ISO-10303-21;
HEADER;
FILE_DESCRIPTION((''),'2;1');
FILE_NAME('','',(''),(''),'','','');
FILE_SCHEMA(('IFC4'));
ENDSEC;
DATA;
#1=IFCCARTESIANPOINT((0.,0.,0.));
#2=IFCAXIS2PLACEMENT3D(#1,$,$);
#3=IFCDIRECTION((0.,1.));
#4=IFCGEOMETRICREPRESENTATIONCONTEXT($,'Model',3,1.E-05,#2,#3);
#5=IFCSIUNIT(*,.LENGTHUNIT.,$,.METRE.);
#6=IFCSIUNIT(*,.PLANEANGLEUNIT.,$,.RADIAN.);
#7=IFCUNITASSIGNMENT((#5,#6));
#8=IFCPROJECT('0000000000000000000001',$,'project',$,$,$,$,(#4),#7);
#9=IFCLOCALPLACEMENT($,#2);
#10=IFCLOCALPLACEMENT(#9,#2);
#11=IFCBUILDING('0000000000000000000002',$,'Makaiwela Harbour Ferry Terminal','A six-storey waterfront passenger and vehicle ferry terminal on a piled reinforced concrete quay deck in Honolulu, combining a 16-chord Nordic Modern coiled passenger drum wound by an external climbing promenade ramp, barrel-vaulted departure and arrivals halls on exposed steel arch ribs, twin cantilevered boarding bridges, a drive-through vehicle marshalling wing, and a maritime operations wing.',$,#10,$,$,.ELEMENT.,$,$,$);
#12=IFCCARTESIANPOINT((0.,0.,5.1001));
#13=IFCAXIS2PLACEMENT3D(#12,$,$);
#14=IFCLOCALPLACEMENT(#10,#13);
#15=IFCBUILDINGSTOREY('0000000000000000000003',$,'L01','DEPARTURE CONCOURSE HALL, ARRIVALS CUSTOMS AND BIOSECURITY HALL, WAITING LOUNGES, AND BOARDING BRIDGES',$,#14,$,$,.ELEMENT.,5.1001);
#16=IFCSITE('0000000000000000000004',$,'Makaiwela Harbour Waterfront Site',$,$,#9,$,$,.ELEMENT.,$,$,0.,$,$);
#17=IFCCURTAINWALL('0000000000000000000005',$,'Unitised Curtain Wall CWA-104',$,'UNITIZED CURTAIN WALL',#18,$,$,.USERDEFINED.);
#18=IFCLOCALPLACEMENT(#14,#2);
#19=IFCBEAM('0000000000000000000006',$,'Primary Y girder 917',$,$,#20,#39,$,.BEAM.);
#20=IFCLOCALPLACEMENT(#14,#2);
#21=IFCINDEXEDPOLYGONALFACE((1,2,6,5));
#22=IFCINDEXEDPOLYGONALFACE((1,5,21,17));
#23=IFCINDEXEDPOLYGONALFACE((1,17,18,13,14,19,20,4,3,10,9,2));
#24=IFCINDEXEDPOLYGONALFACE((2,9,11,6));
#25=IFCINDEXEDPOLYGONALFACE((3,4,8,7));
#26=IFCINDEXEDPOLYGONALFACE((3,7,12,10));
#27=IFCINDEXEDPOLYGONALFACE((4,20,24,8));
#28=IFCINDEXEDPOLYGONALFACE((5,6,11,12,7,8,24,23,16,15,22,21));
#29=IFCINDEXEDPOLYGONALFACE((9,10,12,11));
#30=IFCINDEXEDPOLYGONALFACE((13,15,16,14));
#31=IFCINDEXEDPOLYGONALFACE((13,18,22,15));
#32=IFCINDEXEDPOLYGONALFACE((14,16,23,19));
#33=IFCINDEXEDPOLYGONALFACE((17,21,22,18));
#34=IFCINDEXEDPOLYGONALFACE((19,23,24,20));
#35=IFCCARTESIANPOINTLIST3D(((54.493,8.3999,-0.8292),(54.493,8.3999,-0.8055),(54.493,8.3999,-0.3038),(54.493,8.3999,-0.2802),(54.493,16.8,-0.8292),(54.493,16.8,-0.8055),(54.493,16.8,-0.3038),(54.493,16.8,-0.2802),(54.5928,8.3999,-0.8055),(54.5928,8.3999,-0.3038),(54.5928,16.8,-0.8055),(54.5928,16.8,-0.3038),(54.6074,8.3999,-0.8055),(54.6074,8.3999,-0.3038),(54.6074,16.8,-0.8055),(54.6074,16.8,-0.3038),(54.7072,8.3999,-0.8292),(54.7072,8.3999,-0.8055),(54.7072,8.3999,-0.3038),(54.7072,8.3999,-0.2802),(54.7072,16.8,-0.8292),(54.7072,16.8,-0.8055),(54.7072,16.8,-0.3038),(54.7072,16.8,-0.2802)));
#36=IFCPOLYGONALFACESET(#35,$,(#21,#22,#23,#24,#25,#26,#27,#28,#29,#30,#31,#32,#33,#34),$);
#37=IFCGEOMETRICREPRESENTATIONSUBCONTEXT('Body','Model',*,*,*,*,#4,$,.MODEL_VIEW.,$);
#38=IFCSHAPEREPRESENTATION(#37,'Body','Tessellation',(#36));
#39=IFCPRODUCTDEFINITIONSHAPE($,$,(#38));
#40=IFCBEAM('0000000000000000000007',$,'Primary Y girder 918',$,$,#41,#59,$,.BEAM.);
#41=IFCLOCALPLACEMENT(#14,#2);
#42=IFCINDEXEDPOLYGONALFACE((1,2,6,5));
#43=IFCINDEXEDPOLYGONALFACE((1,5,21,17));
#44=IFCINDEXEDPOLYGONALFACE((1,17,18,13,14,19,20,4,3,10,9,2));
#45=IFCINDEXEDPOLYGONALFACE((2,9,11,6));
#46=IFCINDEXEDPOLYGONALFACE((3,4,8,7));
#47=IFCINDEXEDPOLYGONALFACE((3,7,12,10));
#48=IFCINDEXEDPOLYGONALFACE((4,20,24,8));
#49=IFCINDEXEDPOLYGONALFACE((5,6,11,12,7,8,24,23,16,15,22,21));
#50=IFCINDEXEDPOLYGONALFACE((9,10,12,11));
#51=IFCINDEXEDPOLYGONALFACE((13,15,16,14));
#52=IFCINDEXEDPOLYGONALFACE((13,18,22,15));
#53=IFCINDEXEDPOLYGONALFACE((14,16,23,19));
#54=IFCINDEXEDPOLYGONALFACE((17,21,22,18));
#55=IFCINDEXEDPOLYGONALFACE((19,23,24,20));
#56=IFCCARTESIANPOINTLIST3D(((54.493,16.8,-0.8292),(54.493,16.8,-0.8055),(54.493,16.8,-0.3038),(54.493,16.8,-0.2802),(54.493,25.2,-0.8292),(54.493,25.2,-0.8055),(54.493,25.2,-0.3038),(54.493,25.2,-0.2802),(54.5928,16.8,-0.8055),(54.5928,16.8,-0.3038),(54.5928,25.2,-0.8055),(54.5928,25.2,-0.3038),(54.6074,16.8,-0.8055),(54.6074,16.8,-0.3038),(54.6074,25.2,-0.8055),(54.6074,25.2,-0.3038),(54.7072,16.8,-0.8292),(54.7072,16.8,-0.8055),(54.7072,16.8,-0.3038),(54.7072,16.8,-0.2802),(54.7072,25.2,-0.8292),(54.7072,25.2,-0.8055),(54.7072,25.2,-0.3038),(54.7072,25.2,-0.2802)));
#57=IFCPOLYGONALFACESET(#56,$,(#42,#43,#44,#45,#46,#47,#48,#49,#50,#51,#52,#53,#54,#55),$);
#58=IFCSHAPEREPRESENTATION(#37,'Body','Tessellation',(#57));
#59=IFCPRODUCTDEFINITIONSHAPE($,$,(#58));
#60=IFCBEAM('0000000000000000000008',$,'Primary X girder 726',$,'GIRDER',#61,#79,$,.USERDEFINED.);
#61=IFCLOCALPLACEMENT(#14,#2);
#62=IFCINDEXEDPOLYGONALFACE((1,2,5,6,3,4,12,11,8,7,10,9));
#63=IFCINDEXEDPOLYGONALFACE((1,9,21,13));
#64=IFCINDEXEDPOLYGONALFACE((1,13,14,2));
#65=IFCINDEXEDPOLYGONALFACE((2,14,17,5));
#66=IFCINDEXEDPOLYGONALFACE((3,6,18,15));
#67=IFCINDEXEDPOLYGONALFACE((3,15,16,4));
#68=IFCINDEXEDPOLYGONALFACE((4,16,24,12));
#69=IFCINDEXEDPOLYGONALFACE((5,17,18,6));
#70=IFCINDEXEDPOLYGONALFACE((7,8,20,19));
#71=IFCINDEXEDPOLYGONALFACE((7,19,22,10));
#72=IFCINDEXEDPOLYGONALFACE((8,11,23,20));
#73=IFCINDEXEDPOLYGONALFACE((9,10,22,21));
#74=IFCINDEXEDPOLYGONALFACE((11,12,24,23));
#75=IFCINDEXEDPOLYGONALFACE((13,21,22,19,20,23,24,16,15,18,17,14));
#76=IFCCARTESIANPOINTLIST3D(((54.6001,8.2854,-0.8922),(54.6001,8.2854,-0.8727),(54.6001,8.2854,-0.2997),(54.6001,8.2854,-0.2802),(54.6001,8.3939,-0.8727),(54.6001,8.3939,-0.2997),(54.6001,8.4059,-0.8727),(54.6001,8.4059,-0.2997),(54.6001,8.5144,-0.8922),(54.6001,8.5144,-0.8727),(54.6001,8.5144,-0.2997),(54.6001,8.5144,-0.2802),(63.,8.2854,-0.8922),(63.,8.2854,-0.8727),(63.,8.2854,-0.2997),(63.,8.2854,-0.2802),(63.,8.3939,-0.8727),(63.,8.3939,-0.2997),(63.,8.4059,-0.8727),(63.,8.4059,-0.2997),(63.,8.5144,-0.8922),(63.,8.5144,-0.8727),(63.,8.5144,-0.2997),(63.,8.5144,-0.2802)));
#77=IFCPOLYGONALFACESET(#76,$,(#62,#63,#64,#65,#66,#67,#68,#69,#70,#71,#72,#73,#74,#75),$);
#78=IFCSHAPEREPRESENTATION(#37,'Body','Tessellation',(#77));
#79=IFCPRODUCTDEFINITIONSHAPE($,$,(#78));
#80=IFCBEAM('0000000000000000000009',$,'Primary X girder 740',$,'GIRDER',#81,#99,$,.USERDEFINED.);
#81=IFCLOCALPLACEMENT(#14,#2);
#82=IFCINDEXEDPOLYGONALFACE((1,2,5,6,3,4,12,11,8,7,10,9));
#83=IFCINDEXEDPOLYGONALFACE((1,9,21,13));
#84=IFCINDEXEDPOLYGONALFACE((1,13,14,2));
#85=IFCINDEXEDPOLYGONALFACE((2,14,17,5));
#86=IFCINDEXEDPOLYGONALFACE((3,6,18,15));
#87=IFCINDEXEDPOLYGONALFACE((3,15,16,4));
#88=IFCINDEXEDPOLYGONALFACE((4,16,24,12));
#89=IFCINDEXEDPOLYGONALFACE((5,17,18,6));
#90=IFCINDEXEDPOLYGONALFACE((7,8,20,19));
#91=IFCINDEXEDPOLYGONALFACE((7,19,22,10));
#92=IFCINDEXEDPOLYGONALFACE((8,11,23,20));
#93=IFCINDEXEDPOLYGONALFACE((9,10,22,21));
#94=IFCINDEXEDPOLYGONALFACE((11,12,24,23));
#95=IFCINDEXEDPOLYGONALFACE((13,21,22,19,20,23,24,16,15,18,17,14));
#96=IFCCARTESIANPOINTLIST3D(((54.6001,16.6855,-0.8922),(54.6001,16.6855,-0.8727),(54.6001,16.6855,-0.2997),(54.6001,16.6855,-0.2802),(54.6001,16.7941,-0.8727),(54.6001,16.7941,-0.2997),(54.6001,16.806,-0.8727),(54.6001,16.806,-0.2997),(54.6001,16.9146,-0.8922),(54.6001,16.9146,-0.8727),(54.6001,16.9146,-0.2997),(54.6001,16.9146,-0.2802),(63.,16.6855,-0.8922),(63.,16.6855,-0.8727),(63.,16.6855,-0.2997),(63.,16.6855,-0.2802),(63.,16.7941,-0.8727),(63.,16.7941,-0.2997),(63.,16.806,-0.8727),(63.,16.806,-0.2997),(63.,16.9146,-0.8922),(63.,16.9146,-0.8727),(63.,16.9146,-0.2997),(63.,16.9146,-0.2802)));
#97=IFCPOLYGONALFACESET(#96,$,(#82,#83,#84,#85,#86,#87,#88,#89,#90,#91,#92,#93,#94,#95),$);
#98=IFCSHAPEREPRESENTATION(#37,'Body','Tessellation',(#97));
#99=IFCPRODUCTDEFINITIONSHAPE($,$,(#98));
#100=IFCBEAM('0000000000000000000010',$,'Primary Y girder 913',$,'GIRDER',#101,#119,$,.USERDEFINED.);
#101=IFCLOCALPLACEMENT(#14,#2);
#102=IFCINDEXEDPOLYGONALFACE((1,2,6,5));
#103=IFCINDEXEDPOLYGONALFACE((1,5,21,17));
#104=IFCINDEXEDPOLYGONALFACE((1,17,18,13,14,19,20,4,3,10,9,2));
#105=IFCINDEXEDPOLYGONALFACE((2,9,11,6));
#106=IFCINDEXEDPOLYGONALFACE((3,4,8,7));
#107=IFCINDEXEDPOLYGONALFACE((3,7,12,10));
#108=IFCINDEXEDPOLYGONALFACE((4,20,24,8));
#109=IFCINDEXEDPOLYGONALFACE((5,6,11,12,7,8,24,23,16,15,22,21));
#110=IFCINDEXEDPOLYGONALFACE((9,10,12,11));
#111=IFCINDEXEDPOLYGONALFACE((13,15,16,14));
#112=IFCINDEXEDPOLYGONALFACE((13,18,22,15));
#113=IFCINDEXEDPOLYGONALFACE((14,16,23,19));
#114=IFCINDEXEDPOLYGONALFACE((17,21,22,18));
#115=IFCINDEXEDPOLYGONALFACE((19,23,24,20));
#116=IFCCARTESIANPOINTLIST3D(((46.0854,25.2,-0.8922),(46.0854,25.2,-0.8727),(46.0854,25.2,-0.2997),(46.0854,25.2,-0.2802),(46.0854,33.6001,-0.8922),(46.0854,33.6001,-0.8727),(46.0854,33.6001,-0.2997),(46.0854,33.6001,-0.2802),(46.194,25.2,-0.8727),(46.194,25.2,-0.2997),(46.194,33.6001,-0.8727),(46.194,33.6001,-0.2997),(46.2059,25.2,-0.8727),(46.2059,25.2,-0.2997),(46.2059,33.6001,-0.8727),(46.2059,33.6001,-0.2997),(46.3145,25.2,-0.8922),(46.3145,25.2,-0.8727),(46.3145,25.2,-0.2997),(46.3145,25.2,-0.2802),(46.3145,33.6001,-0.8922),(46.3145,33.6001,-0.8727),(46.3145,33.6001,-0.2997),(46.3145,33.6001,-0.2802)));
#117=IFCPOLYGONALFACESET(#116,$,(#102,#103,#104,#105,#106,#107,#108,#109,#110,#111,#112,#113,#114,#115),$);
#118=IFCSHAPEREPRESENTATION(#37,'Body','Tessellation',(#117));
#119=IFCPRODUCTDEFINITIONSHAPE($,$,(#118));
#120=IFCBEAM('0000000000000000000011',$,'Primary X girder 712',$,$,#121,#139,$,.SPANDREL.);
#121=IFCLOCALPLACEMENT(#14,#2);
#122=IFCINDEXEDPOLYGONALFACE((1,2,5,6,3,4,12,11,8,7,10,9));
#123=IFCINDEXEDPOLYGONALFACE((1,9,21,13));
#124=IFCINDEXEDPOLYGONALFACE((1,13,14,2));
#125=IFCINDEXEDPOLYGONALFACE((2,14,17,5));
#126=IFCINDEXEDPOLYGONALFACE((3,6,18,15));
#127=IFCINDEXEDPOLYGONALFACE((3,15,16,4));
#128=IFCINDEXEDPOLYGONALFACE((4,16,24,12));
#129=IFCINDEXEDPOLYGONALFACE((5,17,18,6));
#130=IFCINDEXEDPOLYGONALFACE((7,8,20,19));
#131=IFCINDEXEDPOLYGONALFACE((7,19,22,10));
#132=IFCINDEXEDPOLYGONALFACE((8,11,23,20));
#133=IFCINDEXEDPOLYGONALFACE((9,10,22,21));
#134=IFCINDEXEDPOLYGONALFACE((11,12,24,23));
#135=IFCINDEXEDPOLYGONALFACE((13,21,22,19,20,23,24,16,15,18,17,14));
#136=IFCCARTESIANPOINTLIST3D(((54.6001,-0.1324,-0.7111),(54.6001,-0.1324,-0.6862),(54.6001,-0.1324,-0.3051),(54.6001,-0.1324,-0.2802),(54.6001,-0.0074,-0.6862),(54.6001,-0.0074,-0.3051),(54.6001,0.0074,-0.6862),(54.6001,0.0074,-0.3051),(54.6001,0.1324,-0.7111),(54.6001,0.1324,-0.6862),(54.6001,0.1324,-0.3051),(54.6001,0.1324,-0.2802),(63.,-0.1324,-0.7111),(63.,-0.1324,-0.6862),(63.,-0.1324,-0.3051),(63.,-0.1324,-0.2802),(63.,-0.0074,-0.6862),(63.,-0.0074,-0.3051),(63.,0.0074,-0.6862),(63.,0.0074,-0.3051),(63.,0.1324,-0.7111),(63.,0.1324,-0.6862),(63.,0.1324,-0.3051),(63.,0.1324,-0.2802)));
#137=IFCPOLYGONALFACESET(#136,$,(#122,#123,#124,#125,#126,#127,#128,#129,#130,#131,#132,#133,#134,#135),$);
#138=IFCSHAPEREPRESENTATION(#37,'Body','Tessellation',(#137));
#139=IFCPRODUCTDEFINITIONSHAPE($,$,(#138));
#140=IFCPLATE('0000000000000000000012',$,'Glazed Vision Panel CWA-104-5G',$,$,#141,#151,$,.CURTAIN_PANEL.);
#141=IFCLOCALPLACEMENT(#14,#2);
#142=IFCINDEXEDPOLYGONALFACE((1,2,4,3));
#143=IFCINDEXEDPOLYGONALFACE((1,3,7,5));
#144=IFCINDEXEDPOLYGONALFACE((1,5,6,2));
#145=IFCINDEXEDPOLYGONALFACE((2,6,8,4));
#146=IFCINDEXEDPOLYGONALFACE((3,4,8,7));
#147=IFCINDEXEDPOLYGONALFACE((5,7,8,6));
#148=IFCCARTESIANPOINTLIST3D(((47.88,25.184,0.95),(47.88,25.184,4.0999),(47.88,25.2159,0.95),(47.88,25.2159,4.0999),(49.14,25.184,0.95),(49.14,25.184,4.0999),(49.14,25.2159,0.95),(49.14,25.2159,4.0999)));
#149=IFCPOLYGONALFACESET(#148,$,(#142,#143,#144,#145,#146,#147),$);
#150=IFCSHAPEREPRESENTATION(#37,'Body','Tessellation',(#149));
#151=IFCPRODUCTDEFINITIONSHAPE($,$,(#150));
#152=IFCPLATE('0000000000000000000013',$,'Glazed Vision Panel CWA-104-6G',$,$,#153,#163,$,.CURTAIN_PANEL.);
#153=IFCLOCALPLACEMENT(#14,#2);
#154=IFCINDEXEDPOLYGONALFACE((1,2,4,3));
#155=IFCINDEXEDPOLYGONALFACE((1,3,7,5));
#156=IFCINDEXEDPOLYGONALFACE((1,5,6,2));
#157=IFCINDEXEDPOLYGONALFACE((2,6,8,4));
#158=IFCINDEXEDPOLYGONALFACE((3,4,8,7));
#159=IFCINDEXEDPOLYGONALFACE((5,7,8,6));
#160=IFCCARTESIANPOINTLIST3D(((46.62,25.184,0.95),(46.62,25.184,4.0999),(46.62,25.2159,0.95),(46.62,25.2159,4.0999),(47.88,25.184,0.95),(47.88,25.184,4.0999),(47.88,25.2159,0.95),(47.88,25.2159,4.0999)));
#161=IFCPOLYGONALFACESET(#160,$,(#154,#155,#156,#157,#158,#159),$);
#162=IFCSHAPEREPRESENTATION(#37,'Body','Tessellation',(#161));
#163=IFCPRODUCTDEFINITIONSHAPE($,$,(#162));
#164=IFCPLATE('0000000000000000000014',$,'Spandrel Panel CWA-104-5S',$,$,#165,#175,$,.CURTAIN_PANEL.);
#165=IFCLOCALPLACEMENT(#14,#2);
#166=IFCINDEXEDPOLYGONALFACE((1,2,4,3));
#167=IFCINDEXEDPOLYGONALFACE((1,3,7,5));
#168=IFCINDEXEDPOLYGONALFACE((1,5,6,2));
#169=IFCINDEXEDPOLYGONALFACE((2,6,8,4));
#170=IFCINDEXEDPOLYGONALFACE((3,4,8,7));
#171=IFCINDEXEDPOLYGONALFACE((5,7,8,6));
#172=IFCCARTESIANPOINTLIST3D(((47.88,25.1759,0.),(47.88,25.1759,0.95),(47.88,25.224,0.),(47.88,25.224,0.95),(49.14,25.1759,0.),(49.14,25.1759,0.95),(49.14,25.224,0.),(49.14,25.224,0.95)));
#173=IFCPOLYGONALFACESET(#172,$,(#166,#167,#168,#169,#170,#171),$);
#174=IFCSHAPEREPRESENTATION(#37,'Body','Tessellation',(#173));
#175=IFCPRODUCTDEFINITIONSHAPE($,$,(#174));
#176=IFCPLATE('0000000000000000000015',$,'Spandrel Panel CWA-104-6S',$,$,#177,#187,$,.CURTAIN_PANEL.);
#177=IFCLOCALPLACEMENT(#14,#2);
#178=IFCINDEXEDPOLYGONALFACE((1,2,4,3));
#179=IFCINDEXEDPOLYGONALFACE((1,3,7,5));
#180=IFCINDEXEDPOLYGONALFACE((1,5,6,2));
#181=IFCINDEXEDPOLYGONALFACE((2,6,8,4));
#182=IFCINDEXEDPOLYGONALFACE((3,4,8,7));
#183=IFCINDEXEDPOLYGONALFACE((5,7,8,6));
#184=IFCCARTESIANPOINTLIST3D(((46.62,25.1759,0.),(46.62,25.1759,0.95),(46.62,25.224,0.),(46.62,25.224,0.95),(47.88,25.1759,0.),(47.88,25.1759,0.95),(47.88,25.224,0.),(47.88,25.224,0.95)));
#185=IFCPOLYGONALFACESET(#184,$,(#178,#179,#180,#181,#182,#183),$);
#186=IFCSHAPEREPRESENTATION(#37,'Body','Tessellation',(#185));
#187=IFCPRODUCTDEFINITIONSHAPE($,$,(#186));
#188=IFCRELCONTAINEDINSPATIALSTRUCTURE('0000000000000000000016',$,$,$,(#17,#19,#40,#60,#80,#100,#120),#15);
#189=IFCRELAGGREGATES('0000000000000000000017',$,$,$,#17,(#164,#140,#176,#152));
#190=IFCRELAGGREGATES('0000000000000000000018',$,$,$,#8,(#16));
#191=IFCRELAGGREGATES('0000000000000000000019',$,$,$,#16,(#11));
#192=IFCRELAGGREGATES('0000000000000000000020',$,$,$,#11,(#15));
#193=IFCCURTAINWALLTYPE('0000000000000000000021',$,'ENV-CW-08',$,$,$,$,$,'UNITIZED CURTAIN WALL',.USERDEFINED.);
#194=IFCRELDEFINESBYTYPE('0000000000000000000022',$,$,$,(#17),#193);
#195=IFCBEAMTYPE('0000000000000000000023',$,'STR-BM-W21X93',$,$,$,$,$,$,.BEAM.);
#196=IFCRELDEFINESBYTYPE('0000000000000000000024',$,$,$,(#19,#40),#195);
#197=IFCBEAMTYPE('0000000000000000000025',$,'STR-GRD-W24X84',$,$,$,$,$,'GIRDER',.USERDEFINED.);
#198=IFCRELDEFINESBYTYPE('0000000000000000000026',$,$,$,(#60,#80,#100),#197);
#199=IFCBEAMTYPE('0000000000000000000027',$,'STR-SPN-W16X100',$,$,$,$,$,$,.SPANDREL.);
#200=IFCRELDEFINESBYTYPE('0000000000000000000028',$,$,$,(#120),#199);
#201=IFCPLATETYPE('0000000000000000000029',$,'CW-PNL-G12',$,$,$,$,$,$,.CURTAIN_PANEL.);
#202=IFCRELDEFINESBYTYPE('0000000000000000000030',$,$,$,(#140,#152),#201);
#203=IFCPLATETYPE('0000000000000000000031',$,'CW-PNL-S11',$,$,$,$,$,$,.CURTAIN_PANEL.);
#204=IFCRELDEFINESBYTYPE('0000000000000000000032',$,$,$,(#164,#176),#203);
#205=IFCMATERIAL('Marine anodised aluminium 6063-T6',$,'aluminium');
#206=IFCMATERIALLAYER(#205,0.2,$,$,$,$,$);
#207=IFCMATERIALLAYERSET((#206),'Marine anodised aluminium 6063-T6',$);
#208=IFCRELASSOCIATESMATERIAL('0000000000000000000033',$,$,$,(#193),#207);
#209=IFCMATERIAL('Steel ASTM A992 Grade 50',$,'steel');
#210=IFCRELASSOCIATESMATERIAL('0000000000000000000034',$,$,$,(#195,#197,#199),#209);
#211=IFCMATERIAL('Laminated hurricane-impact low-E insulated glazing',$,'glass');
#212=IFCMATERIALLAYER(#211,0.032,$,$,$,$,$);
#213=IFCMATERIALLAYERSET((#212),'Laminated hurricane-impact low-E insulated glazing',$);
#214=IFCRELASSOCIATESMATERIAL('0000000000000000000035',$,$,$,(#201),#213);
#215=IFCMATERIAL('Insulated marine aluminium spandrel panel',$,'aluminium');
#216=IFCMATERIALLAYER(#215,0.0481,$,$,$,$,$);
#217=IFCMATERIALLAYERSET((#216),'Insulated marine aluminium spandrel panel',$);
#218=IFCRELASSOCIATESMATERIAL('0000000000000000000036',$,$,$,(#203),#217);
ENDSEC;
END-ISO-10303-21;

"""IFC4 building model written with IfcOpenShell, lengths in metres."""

from ifc_helpers import new_model, si_unit, direction, frame, origin, origin_2d, place, context, subcontext, project, spatial, rectangle, i_section, extrude, material, layer, layer_set, material_profile, profile_set, type_object, element, aggregate, save


model = new_model("IFC4")

# Units and contexts
model_context = context("Model", 3, precision=1e-05, world=origin(), true_north=direction((0.0, 1.0)))
body_context = subcontext(model_context, "Body", "Model", "MODEL_VIEW")
ifc_project = project(units=[si_unit("LENGTHUNIT", "METRE"), si_unit("PLANEANGLEUNIT", "RADIAN")], contexts=[model_context])

# Site, building, storey
site_placement = place(None, origin())
site = spatial("IfcSite", under=ifc_project, at=site_placement, Name="Makaiwela Harbour Waterfront Site", CompositionType="ELEMENT", RefElevation=0.0)
building_placement = place(site_placement, origin())
building = spatial("IfcBuilding", under=site, at=building_placement, Name="Makaiwela Harbour Ferry Terminal", Description="A six-storey waterfront passenger and vehicle ferry terminal on a piled reinforced concrete quay deck in Honolulu, combining a 16-chord Nordic Modern coiled passenger drum wound by an external climbing promenade ramp, barrel-vaulted departure and arrivals halls on exposed steel arch ribs, twin cantilevered boarding bridges, a drive-through vehicle marshalling wing, and a maritime operations wing.", CompositionType="ELEMENT")
storey_placement = place(building_placement, frame((0.0, 0.0, 5.1001)))
storey = spatial("IfcBuildingStorey", under=building, at=storey_placement, Name="L01", Description="DEPARTURE CONCOURSE HALL, ARRIVALS CUSTOMS AND BIOSECURITY HALL, WAITING LOUNGES, AND BOARDING BRIDGES", CompositionType="ELEMENT", Elevation=5.1001)

# Curtain wall
ifc_material_1 = material(Name="Marine anodised aluminium 6063-T6", Category="aluminium")
ifc_layer_1 = layer(ifc_material_1, 0.2)
ifc_layer_set_1 = layer_set([ifc_layer_1], Name="Marine anodised aluminium 6063-T6")
curtain_wall_type = type_object("IfcCurtainWallType", Name="ENV-CW-08", ElementType="UNITIZED CURTAIN WALL", PredefinedType="USERDEFINED", material=ifc_layer_set_1)
curtain_wall_placement = place(storey_placement, origin())
curtain_wall = element("IfcCurtainWall", 1, at=curtain_wall_placement, inside=storey, type_object=curtain_wall_type, Name="Unitised Curtain Wall CWA-104", ObjectType="UNITIZED CURTAIN WALL", PredefinedType="USERDEFINED")

# Beams
ifc_material_2 = material(Name="Steel ASTM A992 Grade 50", Category="steel")
ifc_material_profile_1 = material_profile(ifc_material_2, i_section(OverallWidth=0.2141, OverallDepth=0.5491, WebThickness=0.0146, FlangeThickness=0.0237, at=origin_2d()), Name="W21X93")
ifc_profile_set_1 = profile_set([ifc_material_profile_1], Name="Steel ASTM A992 Grade 50")
beam_type_1 = type_object("IfcBeamType", Name="STR-BM-W21X93", PredefinedType="BEAM", material=ifc_profile_set_1)
beam_1_placement = place(storey_placement, frame((54.6001, 8.3999, -0.5547), z_axis=(0.0, 1.0, 0.0), x_axis=(-1.0, 0.0, 0.0)))
element("IfcBeam", 2, at=beam_1_placement, inside=storey, type_object=beam_type_1, Name="Primary Y girder 917", PredefinedType="BEAM", context=body_context, shape_type="SweptSolid", body=[
    extrude(i_section(OverallWidth=0.2141, OverallDepth=0.5491, WebThickness=0.0146, FlangeThickness=0.0237, at=origin_2d()), origin(), (0.0, 0.0, 1.0), 8.4001),
])
beam_2_placement = place(storey_placement, frame((54.6001, 16.8, -0.5547), z_axis=(0.0, 1.0, 0.0), x_axis=(-1.0, 0.0, 0.0)))
element("IfcBeam", 3, at=beam_2_placement, inside=storey, type_object=beam_type_1, Name="Primary Y girder 918", PredefinedType="BEAM", context=body_context, shape_type="SweptSolid", body=[
    extrude(i_section(OverallWidth=0.2141, OverallDepth=0.5491, WebThickness=0.0146, FlangeThickness=0.0237, at=origin_2d()), origin(), (0.0, 0.0, 1.0), 8.3999),
])
ifc_material_profile_2 = material_profile(ifc_material_2, i_section(OverallWidth=0.229, OverallDepth=0.6121, WebThickness=0.012, FlangeThickness=0.0195, at=origin_2d()), Name="W24X84")
ifc_profile_set_2 = profile_set([ifc_material_profile_2], Name="Steel ASTM A992 Grade 50")
beam_type_2 = type_object("IfcBeamType", Name="STR-GRD-W24X84", ElementType="GIRDER", PredefinedType="USERDEFINED", material=ifc_profile_set_2)
for number, where, z_axis, x_axis, name in (
    (4, (54.6001, 8.3999, -0.5862), (1.0, 0.0, 0.0), (0.0, 1.0, 0.0), "Primary X girder 726"),
    (5, (54.6001, 16.8, -0.5862), (1.0, 0.0, 0.0), (0.0, 1.0, 0.0), "Primary X girder 740"),
):
    element("IfcBeam", number, at=place(storey_placement, frame(where, z_axis=z_axis, x_axis=x_axis)), inside=storey, type_object=beam_type_2, Name=name, ObjectType="GIRDER", PredefinedType="USERDEFINED", context=body_context, shape_type="SweptSolid", body=[
        extrude(i_section(OverallWidth=0.229, OverallDepth=0.6121, WebThickness=0.012, FlangeThickness=0.0195, at=origin_2d()), origin(), (0.0, 0.0, 1.0), 8.3999),
    ])
beam_3_placement = place(storey_placement, frame((46.2, 25.2, -0.5862), z_axis=(0.0, 1.0, 0.0), x_axis=(-1.0, 0.0, 0.0)))
element("IfcBeam", 6, at=beam_3_placement, inside=storey, type_object=beam_type_2, Name="Primary Y girder 913", ObjectType="GIRDER", PredefinedType="USERDEFINED", context=body_context, shape_type="SweptSolid", body=[
    extrude(i_section(OverallWidth=0.229, OverallDepth=0.6121, WebThickness=0.012, FlangeThickness=0.0195, at=origin_2d()), origin(), (0.0, 0.0, 1.0), 8.4001),
])
ifc_material_profile_3 = material_profile(ifc_material_2, i_section(OverallWidth=0.2649, OverallDepth=0.4309, WebThickness=0.0149, FlangeThickness=0.0249, at=origin_2d()), Name="W16X100")
ifc_profile_set_3 = profile_set([ifc_material_profile_3], Name="Steel ASTM A992 Grade 50")
beam_type_3 = type_object("IfcBeamType", Name="STR-SPN-W16X100", PredefinedType="SPANDREL", material=ifc_profile_set_3)
beam_4_placement = place(storey_placement, frame((54.6001, 0.0, -0.4956), z_axis=(1.0, 0.0, 0.0), x_axis=(0.0, 1.0, 0.0)))
element("IfcBeam", 7, at=beam_4_placement, inside=storey, type_object=beam_type_3, Name="Primary X girder 712", PredefinedType="SPANDREL", context=body_context, shape_type="SweptSolid", body=[
    extrude(i_section(OverallWidth=0.2649, OverallDepth=0.4309, WebThickness=0.0149, FlangeThickness=0.0249, at=origin_2d()), origin(), (0.0, 0.0, 1.0), 8.3999),
])

# Plates
ifc_material_3 = material(Name="Laminated hurricane-impact low-E insulated glazing", Category="glass")
ifc_layer_2 = layer(ifc_material_3, 0.032)
ifc_layer_set_2 = layer_set([ifc_layer_2], Name="Laminated hurricane-impact low-E insulated glazing")
plate_type_1 = type_object("IfcPlateType", Name="CW-PNL-G12", PredefinedType="CURTAIN_PANEL", material=ifc_layer_set_2)
plate_1_placement = place(storey_placement, frame((48.51, 25.2, 0.95), z_axis=(0.0, 0.0, 1.0), x_axis=(-1.0, 0.0, 0.0)))
plate_1 = element("IfcPlate", 8, at=plate_1_placement, type_object=plate_type_1, Name="Glazed Vision Panel CWA-104-5G", PredefinedType="CURTAIN_PANEL", context=body_context, shape_type="SweptSolid", body=[
    extrude(rectangle(XDim=1.26, YDim=0.032, at=origin_2d()), origin(), (0.0, 0.0, 1.0), 3.1499),
])
plate_2_placement = place(storey_placement, frame((47.25, 25.2, 0.95), z_axis=(0.0, 0.0, 1.0), x_axis=(-1.0, 0.0, 0.0)))
plate_2 = element("IfcPlate", 9, at=plate_2_placement, type_object=plate_type_1, Name="Glazed Vision Panel CWA-104-6G", PredefinedType="CURTAIN_PANEL", context=body_context, shape_type="SweptSolid", body=[
    extrude(rectangle(XDim=1.26, YDim=0.032, at=origin_2d()), origin(), (0.0, 0.0, 1.0), 3.1499),
])
ifc_material_4 = material(Name="Insulated marine aluminium spandrel panel", Category="aluminium")
ifc_layer_3 = layer(ifc_material_4, 0.0481)
ifc_layer_set_3 = layer_set([ifc_layer_3], Name="Insulated marine aluminium spandrel panel")
plate_type_2 = type_object("IfcPlateType", Name="CW-PNL-S11", PredefinedType="CURTAIN_PANEL", material=ifc_layer_set_3)
plate_3_placement = place(storey_placement, frame((48.51, 25.2, 0.0), z_axis=(0.0, 0.0, 1.0), x_axis=(-1.0, 0.0, 0.0)))
plate_3 = element("IfcPlate", 10, at=plate_3_placement, type_object=plate_type_2, Name="Spandrel Panel CWA-104-5S", PredefinedType="CURTAIN_PANEL", context=body_context, shape_type="SweptSolid", body=[
    extrude(rectangle(XDim=1.26, YDim=0.0481, at=origin_2d()), origin(), (0.0, 0.0, 1.0), 0.95),
])
plate_4_placement = place(storey_placement, frame((47.25, 25.2, 0.0), z_axis=(0.0, 0.0, 1.0), x_axis=(-1.0, 0.0, 0.0)))
plate_4 = element("IfcPlate", 11, at=plate_4_placement, type_object=plate_type_2, Name="Spandrel Panel CWA-104-6S", PredefinedType="CURTAIN_PANEL", context=body_context, shape_type="SweptSolid", body=[
    extrude(rectangle(XDim=1.26, YDim=0.0481, at=origin_2d()), origin(), (0.0, 0.0, 1.0), 0.95),
])
aggregate(curtain_wall, [plate_3, plate_1, plate_4, plate_2])

save(model, "model.ifc")
